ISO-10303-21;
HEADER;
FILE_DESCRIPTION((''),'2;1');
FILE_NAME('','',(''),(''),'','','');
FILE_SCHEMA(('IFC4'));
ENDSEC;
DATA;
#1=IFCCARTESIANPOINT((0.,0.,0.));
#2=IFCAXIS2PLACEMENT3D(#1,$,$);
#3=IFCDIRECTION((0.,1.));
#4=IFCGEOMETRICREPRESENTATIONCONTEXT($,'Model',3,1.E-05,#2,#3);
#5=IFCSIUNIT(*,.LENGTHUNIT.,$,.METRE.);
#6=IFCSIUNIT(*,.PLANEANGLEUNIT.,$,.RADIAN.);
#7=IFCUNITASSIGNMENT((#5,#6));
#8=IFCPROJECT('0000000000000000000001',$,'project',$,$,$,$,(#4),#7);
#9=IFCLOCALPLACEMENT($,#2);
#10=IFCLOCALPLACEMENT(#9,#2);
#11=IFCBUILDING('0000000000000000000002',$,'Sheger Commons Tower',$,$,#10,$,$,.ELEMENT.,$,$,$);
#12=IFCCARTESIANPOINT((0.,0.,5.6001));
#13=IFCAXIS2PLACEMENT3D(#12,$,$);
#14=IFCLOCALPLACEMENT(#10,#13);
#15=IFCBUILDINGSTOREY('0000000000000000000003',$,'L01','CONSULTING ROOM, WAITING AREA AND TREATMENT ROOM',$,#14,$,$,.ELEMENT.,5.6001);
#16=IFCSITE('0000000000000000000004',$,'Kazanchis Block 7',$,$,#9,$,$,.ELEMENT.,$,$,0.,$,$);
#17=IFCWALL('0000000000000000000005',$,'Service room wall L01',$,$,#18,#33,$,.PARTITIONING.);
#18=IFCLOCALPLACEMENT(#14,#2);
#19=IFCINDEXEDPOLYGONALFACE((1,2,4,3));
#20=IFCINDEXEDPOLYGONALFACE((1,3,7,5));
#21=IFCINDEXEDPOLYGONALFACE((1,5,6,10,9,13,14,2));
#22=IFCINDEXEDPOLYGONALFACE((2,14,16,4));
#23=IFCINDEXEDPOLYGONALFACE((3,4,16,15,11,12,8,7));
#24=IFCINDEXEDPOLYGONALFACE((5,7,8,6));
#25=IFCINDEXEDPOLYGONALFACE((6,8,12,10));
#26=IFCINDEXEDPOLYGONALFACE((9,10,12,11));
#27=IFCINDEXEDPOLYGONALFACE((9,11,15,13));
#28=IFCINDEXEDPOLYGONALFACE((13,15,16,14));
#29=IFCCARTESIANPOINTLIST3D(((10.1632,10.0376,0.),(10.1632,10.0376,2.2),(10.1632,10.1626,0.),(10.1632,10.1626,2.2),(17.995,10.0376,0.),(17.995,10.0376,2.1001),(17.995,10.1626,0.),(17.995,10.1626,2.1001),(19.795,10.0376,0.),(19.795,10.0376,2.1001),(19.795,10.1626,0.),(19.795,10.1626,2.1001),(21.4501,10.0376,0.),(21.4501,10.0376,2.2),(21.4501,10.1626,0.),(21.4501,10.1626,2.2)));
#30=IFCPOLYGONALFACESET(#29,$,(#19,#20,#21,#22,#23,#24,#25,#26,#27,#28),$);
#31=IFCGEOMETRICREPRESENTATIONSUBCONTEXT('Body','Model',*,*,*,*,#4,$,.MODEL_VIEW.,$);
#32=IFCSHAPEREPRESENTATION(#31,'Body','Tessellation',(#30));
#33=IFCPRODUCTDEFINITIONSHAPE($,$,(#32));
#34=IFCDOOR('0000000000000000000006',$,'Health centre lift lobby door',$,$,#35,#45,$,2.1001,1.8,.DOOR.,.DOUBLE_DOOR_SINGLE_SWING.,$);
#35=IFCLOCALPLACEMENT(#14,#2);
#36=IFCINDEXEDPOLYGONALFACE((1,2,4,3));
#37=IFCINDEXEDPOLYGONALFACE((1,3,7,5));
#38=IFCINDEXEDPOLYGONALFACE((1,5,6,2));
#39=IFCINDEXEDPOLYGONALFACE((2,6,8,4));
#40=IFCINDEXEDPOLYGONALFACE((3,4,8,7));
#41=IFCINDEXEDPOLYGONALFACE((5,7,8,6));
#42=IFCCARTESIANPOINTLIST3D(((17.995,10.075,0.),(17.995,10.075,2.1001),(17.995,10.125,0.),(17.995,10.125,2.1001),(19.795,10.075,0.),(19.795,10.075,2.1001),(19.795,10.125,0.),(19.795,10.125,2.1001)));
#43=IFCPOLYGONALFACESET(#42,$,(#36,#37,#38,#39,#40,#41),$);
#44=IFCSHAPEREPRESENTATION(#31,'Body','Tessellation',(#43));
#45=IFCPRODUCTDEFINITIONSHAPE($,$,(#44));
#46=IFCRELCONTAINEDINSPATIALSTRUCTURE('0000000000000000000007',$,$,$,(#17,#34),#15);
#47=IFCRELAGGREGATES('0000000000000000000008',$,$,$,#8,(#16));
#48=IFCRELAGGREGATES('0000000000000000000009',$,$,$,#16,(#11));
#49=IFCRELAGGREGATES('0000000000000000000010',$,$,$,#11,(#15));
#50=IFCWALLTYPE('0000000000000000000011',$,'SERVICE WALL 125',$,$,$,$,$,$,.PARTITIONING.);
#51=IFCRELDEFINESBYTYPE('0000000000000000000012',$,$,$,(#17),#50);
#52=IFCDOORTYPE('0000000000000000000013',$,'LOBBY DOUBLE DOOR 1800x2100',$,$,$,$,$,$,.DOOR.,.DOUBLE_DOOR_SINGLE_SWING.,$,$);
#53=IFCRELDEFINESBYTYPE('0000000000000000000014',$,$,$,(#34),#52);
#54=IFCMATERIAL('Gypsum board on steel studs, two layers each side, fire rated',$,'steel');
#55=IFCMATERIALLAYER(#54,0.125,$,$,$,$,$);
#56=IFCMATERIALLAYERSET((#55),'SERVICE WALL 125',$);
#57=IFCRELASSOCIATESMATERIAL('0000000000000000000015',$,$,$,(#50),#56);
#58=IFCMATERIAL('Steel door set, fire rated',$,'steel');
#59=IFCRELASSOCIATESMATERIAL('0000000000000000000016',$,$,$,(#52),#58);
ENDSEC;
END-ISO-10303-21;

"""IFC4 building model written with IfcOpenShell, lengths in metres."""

from ifc_helpers import new_model, si_unit, direction, frame, frame_2d, origin, place, context, subcontext, project, spatial, rectangle, extrude, material, layer, layer_set, type_object, element, fill, save


model = new_model("IFC4")

# Units and contexts
model_context = context("Model", 3, precision=1e-05, world=origin(), true_north=direction((0.0, 1.0)))
body_context = subcontext(model_context, "Body", "Model", "MODEL_VIEW")
ifc_project = project(units=[si_unit("LENGTHUNIT", "METRE"), si_unit("PLANEANGLEUNIT", "RADIAN")], contexts=[model_context])

# Site, building, storey
site_placement = place(None, origin())
site = spatial("IfcSite", under=ifc_project, at=site_placement, Name="Kazanchis Block 7", CompositionType="ELEMENT", RefElevation=0.0)
building_placement = place(site_placement, origin())
building = spatial("IfcBuilding", under=site, at=building_placement, Name="Sheger Commons Tower", CompositionType="ELEMENT")
storey_placement = place(building_placement, frame((0.0, 0.0, 5.6001)))
storey = spatial("IfcBuildingStorey", under=building, at=storey_placement, Name="L01", Description="CONSULTING ROOM, WAITING AREA AND TREATMENT ROOM", CompositionType="ELEMENT", Elevation=5.6001)

# Shared definitions
ifc_material_1 = material(Name="Gypsum board on steel studs, two layers each side, fire rated", Category="steel")
ifc_layer_1 = layer(ifc_material_1, 0.125)
ifc_layer_set_1 = layer_set([ifc_layer_1], Name="SERVICE WALL 125")
wall_type_1 = type_object("IfcWallType", Name="SERVICE WALL 125", PredefinedType="PARTITIONING", material=ifc_layer_set_1)

# Wall, opening, door
wall_1_placement = place(storey_placement, frame((10.1631, 10.1001, 0.0), z_axis=(0.0, 0.0, 1.0), x_axis=(1.0, 0.0, 0.0)))
wall_1 = element("IfcWall", 1, at=wall_1_placement, inside=storey, type_object=wall_type_1, Name="Service room wall L01", PredefinedType="PARTITIONING", context=body_context, shape_type="SweptSolid", body=[
    extrude(rectangle(XDim=11.2869, YDim=0.125, at=frame_2d((5.6436, 0.0))), origin(), (0.0, 0.0, 1.0), 2.2),
])
opening_1_placement = place(wall_1_placement, frame((7.832, 0.0, 0.0)))
opening_1 = element("IfcOpeningElement", 2, at=opening_1_placement, cuts=wall_1, PredefinedType="OPENING", context=body_context, shape_type="SweptSolid", body=[
    extrude(rectangle(XDim=1.8, YDim=2.1001, at=frame_2d((0.8999, 1.05))), frame((0.0, 0.0725, 0.0), z_axis=(0.0, -1.0, 0.0), x_axis=(1.0, 0.0, 0.0)), (0.0, 0.0, 1.0), 0.145),
])
ifc_material_2 = material(Name="Steel door set, fire rated", Category="steel")
door_type_1 = type_object("IfcDoorType", Name="LOBBY DOUBLE DOOR 1800x2100", OperationType="DOUBLE_DOOR_SINGLE_SWING", PredefinedType="DOOR", material=ifc_material_2)
door_1_placement = place(opening_1_placement, origin())
door_1 = element("IfcDoor", 3, at=door_1_placement, inside=storey, type_object=door_type_1, Name="Health centre lift lobby door", OperationType="DOUBLE_DOOR_SINGLE_SWING", OverallHeight=2.1001, OverallWidth=1.8, PredefinedType="DOOR", context=body_context, shape_type="SweptSolid", body=[
    extrude(rectangle(XDim=1.8, YDim=2.1001, at=frame_2d((0.8999, 1.05))), frame((0.0, 0.0249, 0.0), z_axis=(0.0, -1.0, 0.0), x_axis=(1.0, 0.0, 0.0)), (0.0, 0.0, 1.0), 0.05),
])
fill(opening_1, door_1)

save(model, "model.ifc")
